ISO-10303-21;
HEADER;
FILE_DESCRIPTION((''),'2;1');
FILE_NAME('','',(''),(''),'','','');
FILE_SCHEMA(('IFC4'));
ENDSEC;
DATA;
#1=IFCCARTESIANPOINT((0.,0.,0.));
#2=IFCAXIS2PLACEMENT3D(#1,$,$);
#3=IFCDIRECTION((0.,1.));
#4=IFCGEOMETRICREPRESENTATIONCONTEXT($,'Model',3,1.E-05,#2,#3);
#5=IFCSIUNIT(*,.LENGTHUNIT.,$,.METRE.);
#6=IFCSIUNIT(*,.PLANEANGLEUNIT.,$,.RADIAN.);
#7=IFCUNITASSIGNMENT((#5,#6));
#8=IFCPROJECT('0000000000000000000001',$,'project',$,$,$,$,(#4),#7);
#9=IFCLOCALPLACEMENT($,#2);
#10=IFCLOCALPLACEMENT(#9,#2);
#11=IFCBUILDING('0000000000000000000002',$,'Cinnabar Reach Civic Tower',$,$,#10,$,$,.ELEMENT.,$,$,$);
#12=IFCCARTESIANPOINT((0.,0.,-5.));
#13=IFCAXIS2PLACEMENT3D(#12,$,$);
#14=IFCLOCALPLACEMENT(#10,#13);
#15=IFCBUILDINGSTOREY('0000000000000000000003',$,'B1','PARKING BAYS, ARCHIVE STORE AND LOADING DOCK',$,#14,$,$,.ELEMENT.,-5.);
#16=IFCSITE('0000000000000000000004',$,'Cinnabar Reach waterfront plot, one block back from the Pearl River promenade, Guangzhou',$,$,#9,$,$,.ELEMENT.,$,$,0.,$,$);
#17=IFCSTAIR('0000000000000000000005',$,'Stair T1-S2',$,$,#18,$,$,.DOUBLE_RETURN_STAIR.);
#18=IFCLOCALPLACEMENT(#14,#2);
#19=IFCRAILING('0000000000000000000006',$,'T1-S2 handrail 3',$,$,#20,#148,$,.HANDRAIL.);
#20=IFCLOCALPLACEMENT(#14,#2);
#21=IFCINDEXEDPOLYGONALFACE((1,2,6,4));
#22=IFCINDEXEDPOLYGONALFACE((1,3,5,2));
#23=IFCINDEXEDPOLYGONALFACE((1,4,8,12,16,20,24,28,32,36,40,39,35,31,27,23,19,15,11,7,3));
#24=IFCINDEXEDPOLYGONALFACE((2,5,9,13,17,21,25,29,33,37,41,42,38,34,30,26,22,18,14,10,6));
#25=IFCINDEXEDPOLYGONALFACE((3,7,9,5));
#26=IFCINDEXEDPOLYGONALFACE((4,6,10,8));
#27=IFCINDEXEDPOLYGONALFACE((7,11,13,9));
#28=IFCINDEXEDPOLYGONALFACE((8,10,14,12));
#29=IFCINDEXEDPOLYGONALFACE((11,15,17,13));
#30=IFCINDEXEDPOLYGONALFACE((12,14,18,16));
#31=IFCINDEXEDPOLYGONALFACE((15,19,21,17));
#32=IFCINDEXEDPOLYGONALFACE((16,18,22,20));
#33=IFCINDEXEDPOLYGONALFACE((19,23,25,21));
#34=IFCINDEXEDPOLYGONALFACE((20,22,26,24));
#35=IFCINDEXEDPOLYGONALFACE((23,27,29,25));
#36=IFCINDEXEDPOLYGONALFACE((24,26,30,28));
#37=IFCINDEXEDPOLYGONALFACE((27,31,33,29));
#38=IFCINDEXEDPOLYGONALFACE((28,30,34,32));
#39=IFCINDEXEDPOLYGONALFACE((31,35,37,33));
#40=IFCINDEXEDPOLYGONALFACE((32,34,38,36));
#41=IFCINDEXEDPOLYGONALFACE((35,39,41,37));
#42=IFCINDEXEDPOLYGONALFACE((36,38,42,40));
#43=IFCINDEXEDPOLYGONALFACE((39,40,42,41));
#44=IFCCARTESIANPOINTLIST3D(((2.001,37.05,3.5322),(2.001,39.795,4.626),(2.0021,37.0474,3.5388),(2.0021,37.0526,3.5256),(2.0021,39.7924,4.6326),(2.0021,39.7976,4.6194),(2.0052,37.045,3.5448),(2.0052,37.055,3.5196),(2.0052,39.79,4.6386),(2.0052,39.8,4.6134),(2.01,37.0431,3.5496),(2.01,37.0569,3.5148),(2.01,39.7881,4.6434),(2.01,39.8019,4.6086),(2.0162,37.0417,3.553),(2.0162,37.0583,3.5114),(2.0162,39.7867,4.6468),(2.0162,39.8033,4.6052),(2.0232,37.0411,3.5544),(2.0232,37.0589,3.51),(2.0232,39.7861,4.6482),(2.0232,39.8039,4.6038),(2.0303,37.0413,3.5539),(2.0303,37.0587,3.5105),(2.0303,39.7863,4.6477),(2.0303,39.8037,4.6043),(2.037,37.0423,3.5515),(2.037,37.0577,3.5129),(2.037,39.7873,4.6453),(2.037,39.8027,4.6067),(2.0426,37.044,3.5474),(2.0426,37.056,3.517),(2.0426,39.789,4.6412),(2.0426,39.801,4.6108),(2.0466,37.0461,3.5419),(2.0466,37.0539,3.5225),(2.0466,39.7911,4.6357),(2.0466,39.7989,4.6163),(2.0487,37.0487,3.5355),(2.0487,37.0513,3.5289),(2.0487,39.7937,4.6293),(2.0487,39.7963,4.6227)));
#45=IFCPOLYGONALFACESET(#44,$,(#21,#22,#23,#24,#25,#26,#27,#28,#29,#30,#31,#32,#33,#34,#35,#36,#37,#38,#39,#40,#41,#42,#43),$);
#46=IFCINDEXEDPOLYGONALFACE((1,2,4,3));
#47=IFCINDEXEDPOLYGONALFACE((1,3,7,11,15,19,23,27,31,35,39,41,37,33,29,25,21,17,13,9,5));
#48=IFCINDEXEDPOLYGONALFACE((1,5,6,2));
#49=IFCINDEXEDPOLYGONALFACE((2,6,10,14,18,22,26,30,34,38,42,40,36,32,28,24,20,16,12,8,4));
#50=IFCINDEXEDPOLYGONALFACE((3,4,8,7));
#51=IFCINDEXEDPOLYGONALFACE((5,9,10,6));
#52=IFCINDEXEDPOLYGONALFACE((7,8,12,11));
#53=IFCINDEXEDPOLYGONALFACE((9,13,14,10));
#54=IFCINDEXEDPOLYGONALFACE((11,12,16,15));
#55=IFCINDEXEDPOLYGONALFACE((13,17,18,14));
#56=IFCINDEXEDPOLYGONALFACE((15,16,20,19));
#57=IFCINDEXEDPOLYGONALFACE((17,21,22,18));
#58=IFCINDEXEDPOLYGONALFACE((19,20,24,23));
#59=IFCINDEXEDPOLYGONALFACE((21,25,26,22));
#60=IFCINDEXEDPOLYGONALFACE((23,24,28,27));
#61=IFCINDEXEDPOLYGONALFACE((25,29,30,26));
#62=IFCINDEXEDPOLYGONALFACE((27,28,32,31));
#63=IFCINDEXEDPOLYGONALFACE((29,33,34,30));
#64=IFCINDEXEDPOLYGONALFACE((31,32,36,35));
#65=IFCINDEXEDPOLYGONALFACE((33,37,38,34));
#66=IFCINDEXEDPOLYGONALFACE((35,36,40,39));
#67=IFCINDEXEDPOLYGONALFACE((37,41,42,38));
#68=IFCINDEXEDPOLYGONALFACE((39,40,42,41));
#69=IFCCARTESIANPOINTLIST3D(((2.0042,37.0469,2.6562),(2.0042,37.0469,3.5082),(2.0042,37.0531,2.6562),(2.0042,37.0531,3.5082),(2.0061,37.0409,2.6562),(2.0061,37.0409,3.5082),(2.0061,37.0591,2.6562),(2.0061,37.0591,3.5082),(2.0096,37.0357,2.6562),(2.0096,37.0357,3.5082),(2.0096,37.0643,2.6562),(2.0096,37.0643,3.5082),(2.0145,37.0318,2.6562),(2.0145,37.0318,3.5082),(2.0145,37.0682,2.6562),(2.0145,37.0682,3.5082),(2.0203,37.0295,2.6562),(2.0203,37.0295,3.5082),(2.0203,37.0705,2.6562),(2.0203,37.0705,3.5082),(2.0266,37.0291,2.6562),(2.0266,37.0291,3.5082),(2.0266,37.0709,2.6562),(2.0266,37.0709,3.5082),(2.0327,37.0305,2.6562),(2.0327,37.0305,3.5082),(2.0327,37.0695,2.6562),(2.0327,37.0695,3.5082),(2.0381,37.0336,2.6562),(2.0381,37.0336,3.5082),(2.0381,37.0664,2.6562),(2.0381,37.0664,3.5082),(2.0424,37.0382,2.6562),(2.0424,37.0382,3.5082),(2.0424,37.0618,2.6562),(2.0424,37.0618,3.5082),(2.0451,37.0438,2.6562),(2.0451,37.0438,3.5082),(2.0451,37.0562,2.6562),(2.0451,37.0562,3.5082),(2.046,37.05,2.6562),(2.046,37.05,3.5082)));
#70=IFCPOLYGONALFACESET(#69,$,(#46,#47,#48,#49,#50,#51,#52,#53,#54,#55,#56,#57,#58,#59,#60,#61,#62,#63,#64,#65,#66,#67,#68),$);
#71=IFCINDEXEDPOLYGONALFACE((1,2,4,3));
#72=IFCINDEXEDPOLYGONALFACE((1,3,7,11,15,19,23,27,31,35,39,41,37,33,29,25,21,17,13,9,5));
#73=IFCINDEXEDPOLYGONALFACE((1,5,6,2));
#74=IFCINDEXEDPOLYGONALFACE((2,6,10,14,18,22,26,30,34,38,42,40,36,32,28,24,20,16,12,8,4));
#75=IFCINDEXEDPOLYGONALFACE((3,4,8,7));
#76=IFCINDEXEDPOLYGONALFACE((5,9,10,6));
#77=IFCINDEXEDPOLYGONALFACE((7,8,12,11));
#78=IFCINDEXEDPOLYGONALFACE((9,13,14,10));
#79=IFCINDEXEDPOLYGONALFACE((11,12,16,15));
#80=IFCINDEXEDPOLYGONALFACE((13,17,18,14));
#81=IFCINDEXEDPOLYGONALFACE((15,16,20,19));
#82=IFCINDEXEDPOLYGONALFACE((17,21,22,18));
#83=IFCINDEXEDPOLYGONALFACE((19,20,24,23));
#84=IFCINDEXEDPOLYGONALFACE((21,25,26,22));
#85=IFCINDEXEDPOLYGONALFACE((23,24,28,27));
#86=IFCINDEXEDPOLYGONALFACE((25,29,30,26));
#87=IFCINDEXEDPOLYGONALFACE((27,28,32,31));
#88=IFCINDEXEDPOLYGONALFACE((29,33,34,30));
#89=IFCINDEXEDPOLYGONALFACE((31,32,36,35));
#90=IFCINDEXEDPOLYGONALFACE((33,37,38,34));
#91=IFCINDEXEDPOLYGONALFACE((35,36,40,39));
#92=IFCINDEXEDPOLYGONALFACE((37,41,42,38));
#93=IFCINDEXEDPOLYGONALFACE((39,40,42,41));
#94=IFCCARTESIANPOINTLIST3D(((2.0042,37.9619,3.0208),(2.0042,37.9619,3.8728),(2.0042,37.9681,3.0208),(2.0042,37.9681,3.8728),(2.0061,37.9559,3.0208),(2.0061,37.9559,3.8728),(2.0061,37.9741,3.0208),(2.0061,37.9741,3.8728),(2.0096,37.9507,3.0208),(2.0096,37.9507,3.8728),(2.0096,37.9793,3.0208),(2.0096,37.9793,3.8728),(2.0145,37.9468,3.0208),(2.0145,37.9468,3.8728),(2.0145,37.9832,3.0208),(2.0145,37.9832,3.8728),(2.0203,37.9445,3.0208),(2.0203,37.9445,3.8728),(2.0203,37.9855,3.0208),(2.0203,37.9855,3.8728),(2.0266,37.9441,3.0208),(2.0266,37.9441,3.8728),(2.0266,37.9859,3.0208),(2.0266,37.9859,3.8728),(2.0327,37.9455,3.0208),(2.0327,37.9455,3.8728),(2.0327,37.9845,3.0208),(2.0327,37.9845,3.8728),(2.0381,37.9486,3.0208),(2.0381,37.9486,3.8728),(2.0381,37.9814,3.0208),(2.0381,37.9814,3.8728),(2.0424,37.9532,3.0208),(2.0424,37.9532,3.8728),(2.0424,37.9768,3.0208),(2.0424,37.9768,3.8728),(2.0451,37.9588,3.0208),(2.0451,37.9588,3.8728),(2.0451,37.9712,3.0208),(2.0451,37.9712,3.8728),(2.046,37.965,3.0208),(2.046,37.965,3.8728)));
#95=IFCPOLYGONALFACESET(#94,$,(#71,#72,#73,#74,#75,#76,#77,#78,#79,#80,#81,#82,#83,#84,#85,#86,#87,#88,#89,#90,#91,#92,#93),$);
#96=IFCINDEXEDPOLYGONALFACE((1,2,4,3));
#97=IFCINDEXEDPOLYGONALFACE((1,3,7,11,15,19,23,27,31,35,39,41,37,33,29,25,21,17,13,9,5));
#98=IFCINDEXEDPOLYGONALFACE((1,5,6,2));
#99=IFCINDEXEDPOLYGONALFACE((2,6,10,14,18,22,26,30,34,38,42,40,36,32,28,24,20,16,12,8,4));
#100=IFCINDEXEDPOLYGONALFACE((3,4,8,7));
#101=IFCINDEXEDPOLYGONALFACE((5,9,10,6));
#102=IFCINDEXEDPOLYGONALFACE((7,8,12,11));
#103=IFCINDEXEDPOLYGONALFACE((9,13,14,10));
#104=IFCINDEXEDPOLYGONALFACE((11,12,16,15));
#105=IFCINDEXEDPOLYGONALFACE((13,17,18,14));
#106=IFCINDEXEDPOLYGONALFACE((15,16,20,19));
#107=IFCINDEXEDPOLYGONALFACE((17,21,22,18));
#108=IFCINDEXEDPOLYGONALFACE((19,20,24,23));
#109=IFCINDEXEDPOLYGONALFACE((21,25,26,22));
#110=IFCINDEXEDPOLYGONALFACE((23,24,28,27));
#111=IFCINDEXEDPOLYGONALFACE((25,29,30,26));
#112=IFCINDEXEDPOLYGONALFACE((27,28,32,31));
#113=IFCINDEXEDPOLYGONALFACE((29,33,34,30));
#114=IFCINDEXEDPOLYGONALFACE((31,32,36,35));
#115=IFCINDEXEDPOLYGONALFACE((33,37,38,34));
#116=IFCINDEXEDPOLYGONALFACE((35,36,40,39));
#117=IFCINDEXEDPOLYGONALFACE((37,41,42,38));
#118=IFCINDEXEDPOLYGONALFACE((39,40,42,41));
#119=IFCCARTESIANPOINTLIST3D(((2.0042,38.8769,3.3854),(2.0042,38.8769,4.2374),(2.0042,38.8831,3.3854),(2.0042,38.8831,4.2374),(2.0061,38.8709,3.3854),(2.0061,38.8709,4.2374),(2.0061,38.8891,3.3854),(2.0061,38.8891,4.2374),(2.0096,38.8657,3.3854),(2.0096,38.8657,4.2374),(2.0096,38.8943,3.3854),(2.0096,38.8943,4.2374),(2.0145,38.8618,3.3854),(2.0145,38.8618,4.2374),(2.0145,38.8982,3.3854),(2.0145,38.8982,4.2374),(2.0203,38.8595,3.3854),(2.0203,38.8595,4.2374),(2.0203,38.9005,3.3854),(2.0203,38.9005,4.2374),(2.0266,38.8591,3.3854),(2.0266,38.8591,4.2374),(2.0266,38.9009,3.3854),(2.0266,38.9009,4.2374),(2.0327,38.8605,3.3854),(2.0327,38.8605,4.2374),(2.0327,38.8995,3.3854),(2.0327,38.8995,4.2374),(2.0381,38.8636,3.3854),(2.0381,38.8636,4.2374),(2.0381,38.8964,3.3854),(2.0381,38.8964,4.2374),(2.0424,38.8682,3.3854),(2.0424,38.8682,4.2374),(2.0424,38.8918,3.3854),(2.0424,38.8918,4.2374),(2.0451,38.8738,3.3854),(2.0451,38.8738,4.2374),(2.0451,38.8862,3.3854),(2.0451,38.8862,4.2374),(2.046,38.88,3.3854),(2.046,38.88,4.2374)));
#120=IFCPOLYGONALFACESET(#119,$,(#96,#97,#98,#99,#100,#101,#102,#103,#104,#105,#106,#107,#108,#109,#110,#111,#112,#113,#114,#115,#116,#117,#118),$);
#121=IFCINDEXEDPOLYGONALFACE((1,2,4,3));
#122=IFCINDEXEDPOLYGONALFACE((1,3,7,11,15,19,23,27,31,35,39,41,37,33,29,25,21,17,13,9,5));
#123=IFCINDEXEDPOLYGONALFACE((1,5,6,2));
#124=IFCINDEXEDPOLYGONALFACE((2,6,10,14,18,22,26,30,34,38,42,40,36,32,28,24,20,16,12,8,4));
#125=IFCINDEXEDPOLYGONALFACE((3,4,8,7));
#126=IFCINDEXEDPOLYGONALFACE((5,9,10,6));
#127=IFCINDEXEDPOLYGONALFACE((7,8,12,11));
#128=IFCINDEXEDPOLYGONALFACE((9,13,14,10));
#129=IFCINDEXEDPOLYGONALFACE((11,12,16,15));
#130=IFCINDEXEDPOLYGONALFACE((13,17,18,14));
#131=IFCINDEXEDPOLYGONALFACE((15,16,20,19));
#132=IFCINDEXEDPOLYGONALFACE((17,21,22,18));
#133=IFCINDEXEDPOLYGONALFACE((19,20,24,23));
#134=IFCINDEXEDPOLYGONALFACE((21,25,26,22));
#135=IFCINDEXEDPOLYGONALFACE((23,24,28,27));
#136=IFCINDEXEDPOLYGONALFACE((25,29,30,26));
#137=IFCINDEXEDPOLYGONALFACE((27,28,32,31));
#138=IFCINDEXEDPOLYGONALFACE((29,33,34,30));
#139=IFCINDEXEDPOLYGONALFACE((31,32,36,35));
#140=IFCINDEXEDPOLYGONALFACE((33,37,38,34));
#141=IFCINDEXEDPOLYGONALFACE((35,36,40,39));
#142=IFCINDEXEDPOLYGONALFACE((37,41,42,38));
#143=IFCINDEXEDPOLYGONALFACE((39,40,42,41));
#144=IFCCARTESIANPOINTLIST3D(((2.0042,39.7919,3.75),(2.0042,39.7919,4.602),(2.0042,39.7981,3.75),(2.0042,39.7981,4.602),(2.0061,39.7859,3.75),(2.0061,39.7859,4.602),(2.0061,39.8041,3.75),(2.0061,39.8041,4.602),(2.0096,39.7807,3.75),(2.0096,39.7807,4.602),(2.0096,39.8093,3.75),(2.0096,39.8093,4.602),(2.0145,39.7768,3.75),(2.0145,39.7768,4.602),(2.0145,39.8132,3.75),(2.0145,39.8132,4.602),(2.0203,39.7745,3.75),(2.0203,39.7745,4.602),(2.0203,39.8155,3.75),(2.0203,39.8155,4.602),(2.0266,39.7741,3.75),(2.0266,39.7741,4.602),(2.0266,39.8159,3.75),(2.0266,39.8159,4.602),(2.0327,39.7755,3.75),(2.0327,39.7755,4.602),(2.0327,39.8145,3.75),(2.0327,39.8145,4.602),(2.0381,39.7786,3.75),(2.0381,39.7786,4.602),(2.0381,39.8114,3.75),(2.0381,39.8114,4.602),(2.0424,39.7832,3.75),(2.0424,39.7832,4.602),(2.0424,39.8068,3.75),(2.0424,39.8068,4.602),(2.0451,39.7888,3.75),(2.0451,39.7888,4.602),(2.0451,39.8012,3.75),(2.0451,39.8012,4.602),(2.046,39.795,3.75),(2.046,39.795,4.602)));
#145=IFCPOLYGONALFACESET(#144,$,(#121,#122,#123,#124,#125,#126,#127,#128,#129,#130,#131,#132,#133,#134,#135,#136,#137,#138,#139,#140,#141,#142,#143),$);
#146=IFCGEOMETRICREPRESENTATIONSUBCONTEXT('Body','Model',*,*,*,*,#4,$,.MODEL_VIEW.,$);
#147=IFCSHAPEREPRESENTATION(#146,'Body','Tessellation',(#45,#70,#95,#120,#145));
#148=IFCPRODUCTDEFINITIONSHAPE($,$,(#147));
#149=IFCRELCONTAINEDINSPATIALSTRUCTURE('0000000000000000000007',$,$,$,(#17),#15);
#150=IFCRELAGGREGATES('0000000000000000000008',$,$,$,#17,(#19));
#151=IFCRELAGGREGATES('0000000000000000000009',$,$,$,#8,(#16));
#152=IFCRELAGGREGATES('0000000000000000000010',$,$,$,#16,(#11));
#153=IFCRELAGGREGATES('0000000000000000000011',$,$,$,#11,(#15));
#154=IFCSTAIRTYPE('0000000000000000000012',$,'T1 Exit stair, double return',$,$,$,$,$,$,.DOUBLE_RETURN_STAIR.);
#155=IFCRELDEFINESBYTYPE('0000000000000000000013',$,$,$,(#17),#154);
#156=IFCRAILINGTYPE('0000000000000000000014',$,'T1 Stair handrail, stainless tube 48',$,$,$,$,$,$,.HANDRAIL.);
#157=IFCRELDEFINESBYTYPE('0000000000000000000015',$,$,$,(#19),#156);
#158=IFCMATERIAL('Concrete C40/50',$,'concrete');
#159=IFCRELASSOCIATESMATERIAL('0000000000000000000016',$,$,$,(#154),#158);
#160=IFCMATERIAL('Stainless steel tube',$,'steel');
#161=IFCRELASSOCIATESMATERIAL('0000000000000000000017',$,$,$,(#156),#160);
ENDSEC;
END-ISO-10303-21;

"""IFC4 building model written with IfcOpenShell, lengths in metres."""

from ifc_helpers import new_model, si_unit, direction, frame, origin, origin_2d, place, context, subcontext, project, spatial, circle, extrude, material, type_object, element, aggregate, save


model = new_model("IFC4")

# Units and contexts
model_context = context("Model", 3, precision=1e-05, world=origin(), true_north=direction((0.0, 1.0)))
body_context = subcontext(model_context, "Body", "Model", "MODEL_VIEW")
ifc_project = project(units=[si_unit("LENGTHUNIT", "METRE"), si_unit("PLANEANGLEUNIT", "RADIAN")], contexts=[model_context])

# Site, building, storey
site_placement = place(None, origin())
site = spatial("IfcSite", under=ifc_project, at=site_placement, Name="Cinnabar Reach waterfront plot, one block back from the Pearl River promenade, Guangzhou", CompositionType="ELEMENT", RefElevation=0.0)
building_placement = place(site_placement, origin())
building = spatial("IfcBuilding", under=site, at=building_placement, Name="Cinnabar Reach Civic Tower", CompositionType="ELEMENT")
storey_placement = place(building_placement, frame((0.0, 0.0, -5.0)))
storey = spatial("IfcBuildingStorey", under=building, at=storey_placement, Name="B1", Description="PARKING BAYS, ARCHIVE STORE AND LOADING DOCK", CompositionType="ELEMENT", Elevation=-5.0)

# Shared definitions
ifc_material_1 = material(Name="Concrete C40/50", Category="concrete")

# Stair, railing
stair_type = type_object("IfcStairType", Name="T1 Exit stair, double return", PredefinedType="DOUBLE_RETURN_STAIR", material=ifc_material_1)
stair_placement = place(storey_placement, origin())
stair = element("IfcStair", 1, at=stair_placement, inside=storey, type_object=stair_type, Name="Stair T1-S2", PredefinedType="DOUBLE_RETURN_STAIR")
ifc_material_2 = material(Name="Stainless steel tube", Category="steel")
railing_type_1 = type_object("IfcRailingType", Name="T1 Stair handrail, stainless tube 48", PredefinedType="HANDRAIL", material=ifc_material_2)
railing_1_placement = place(storey_placement, frame((2.025, 37.05, 2.6562)))
railing_1 = element("IfcRailing", 2, at=railing_1_placement, type_object=railing_type_1, Name="T1-S2 handrail 3", PredefinedType="HANDRAIL", context=body_context, shape_type="SweptSolid", body=[
    extrude(circle(Radius=0.024, at=origin_2d()), frame((0.0, 0.0, 0.876), z_axis=(0.0, 0.928966, 0.370165), x_axis=(-1.0, 0.0, 0.0)), (0.0, 0.0, 1.0), 2.9549),
    extrude(circle(Radius=0.021, at=origin_2d()), origin(), (0.0, 0.0, 1.0), 0.852),
    extrude(circle(Radius=0.021, at=origin_2d()), frame((0.0, 0.915, 0.3646)), (0.0, 0.0, 1.0), 0.852),
    extrude(circle(Radius=0.021, at=origin_2d()), frame((0.0, 1.83, 0.7292)), (0.0, 0.0, 1.0), 0.852),
    extrude(circle(Radius=0.021, at=origin_2d()), frame((0.0, 2.745, 1.0938)), (0.0, 0.0, 1.0), 0.852),
])
aggregate(stair, [railing_1])

save(model, "model.ifc")
